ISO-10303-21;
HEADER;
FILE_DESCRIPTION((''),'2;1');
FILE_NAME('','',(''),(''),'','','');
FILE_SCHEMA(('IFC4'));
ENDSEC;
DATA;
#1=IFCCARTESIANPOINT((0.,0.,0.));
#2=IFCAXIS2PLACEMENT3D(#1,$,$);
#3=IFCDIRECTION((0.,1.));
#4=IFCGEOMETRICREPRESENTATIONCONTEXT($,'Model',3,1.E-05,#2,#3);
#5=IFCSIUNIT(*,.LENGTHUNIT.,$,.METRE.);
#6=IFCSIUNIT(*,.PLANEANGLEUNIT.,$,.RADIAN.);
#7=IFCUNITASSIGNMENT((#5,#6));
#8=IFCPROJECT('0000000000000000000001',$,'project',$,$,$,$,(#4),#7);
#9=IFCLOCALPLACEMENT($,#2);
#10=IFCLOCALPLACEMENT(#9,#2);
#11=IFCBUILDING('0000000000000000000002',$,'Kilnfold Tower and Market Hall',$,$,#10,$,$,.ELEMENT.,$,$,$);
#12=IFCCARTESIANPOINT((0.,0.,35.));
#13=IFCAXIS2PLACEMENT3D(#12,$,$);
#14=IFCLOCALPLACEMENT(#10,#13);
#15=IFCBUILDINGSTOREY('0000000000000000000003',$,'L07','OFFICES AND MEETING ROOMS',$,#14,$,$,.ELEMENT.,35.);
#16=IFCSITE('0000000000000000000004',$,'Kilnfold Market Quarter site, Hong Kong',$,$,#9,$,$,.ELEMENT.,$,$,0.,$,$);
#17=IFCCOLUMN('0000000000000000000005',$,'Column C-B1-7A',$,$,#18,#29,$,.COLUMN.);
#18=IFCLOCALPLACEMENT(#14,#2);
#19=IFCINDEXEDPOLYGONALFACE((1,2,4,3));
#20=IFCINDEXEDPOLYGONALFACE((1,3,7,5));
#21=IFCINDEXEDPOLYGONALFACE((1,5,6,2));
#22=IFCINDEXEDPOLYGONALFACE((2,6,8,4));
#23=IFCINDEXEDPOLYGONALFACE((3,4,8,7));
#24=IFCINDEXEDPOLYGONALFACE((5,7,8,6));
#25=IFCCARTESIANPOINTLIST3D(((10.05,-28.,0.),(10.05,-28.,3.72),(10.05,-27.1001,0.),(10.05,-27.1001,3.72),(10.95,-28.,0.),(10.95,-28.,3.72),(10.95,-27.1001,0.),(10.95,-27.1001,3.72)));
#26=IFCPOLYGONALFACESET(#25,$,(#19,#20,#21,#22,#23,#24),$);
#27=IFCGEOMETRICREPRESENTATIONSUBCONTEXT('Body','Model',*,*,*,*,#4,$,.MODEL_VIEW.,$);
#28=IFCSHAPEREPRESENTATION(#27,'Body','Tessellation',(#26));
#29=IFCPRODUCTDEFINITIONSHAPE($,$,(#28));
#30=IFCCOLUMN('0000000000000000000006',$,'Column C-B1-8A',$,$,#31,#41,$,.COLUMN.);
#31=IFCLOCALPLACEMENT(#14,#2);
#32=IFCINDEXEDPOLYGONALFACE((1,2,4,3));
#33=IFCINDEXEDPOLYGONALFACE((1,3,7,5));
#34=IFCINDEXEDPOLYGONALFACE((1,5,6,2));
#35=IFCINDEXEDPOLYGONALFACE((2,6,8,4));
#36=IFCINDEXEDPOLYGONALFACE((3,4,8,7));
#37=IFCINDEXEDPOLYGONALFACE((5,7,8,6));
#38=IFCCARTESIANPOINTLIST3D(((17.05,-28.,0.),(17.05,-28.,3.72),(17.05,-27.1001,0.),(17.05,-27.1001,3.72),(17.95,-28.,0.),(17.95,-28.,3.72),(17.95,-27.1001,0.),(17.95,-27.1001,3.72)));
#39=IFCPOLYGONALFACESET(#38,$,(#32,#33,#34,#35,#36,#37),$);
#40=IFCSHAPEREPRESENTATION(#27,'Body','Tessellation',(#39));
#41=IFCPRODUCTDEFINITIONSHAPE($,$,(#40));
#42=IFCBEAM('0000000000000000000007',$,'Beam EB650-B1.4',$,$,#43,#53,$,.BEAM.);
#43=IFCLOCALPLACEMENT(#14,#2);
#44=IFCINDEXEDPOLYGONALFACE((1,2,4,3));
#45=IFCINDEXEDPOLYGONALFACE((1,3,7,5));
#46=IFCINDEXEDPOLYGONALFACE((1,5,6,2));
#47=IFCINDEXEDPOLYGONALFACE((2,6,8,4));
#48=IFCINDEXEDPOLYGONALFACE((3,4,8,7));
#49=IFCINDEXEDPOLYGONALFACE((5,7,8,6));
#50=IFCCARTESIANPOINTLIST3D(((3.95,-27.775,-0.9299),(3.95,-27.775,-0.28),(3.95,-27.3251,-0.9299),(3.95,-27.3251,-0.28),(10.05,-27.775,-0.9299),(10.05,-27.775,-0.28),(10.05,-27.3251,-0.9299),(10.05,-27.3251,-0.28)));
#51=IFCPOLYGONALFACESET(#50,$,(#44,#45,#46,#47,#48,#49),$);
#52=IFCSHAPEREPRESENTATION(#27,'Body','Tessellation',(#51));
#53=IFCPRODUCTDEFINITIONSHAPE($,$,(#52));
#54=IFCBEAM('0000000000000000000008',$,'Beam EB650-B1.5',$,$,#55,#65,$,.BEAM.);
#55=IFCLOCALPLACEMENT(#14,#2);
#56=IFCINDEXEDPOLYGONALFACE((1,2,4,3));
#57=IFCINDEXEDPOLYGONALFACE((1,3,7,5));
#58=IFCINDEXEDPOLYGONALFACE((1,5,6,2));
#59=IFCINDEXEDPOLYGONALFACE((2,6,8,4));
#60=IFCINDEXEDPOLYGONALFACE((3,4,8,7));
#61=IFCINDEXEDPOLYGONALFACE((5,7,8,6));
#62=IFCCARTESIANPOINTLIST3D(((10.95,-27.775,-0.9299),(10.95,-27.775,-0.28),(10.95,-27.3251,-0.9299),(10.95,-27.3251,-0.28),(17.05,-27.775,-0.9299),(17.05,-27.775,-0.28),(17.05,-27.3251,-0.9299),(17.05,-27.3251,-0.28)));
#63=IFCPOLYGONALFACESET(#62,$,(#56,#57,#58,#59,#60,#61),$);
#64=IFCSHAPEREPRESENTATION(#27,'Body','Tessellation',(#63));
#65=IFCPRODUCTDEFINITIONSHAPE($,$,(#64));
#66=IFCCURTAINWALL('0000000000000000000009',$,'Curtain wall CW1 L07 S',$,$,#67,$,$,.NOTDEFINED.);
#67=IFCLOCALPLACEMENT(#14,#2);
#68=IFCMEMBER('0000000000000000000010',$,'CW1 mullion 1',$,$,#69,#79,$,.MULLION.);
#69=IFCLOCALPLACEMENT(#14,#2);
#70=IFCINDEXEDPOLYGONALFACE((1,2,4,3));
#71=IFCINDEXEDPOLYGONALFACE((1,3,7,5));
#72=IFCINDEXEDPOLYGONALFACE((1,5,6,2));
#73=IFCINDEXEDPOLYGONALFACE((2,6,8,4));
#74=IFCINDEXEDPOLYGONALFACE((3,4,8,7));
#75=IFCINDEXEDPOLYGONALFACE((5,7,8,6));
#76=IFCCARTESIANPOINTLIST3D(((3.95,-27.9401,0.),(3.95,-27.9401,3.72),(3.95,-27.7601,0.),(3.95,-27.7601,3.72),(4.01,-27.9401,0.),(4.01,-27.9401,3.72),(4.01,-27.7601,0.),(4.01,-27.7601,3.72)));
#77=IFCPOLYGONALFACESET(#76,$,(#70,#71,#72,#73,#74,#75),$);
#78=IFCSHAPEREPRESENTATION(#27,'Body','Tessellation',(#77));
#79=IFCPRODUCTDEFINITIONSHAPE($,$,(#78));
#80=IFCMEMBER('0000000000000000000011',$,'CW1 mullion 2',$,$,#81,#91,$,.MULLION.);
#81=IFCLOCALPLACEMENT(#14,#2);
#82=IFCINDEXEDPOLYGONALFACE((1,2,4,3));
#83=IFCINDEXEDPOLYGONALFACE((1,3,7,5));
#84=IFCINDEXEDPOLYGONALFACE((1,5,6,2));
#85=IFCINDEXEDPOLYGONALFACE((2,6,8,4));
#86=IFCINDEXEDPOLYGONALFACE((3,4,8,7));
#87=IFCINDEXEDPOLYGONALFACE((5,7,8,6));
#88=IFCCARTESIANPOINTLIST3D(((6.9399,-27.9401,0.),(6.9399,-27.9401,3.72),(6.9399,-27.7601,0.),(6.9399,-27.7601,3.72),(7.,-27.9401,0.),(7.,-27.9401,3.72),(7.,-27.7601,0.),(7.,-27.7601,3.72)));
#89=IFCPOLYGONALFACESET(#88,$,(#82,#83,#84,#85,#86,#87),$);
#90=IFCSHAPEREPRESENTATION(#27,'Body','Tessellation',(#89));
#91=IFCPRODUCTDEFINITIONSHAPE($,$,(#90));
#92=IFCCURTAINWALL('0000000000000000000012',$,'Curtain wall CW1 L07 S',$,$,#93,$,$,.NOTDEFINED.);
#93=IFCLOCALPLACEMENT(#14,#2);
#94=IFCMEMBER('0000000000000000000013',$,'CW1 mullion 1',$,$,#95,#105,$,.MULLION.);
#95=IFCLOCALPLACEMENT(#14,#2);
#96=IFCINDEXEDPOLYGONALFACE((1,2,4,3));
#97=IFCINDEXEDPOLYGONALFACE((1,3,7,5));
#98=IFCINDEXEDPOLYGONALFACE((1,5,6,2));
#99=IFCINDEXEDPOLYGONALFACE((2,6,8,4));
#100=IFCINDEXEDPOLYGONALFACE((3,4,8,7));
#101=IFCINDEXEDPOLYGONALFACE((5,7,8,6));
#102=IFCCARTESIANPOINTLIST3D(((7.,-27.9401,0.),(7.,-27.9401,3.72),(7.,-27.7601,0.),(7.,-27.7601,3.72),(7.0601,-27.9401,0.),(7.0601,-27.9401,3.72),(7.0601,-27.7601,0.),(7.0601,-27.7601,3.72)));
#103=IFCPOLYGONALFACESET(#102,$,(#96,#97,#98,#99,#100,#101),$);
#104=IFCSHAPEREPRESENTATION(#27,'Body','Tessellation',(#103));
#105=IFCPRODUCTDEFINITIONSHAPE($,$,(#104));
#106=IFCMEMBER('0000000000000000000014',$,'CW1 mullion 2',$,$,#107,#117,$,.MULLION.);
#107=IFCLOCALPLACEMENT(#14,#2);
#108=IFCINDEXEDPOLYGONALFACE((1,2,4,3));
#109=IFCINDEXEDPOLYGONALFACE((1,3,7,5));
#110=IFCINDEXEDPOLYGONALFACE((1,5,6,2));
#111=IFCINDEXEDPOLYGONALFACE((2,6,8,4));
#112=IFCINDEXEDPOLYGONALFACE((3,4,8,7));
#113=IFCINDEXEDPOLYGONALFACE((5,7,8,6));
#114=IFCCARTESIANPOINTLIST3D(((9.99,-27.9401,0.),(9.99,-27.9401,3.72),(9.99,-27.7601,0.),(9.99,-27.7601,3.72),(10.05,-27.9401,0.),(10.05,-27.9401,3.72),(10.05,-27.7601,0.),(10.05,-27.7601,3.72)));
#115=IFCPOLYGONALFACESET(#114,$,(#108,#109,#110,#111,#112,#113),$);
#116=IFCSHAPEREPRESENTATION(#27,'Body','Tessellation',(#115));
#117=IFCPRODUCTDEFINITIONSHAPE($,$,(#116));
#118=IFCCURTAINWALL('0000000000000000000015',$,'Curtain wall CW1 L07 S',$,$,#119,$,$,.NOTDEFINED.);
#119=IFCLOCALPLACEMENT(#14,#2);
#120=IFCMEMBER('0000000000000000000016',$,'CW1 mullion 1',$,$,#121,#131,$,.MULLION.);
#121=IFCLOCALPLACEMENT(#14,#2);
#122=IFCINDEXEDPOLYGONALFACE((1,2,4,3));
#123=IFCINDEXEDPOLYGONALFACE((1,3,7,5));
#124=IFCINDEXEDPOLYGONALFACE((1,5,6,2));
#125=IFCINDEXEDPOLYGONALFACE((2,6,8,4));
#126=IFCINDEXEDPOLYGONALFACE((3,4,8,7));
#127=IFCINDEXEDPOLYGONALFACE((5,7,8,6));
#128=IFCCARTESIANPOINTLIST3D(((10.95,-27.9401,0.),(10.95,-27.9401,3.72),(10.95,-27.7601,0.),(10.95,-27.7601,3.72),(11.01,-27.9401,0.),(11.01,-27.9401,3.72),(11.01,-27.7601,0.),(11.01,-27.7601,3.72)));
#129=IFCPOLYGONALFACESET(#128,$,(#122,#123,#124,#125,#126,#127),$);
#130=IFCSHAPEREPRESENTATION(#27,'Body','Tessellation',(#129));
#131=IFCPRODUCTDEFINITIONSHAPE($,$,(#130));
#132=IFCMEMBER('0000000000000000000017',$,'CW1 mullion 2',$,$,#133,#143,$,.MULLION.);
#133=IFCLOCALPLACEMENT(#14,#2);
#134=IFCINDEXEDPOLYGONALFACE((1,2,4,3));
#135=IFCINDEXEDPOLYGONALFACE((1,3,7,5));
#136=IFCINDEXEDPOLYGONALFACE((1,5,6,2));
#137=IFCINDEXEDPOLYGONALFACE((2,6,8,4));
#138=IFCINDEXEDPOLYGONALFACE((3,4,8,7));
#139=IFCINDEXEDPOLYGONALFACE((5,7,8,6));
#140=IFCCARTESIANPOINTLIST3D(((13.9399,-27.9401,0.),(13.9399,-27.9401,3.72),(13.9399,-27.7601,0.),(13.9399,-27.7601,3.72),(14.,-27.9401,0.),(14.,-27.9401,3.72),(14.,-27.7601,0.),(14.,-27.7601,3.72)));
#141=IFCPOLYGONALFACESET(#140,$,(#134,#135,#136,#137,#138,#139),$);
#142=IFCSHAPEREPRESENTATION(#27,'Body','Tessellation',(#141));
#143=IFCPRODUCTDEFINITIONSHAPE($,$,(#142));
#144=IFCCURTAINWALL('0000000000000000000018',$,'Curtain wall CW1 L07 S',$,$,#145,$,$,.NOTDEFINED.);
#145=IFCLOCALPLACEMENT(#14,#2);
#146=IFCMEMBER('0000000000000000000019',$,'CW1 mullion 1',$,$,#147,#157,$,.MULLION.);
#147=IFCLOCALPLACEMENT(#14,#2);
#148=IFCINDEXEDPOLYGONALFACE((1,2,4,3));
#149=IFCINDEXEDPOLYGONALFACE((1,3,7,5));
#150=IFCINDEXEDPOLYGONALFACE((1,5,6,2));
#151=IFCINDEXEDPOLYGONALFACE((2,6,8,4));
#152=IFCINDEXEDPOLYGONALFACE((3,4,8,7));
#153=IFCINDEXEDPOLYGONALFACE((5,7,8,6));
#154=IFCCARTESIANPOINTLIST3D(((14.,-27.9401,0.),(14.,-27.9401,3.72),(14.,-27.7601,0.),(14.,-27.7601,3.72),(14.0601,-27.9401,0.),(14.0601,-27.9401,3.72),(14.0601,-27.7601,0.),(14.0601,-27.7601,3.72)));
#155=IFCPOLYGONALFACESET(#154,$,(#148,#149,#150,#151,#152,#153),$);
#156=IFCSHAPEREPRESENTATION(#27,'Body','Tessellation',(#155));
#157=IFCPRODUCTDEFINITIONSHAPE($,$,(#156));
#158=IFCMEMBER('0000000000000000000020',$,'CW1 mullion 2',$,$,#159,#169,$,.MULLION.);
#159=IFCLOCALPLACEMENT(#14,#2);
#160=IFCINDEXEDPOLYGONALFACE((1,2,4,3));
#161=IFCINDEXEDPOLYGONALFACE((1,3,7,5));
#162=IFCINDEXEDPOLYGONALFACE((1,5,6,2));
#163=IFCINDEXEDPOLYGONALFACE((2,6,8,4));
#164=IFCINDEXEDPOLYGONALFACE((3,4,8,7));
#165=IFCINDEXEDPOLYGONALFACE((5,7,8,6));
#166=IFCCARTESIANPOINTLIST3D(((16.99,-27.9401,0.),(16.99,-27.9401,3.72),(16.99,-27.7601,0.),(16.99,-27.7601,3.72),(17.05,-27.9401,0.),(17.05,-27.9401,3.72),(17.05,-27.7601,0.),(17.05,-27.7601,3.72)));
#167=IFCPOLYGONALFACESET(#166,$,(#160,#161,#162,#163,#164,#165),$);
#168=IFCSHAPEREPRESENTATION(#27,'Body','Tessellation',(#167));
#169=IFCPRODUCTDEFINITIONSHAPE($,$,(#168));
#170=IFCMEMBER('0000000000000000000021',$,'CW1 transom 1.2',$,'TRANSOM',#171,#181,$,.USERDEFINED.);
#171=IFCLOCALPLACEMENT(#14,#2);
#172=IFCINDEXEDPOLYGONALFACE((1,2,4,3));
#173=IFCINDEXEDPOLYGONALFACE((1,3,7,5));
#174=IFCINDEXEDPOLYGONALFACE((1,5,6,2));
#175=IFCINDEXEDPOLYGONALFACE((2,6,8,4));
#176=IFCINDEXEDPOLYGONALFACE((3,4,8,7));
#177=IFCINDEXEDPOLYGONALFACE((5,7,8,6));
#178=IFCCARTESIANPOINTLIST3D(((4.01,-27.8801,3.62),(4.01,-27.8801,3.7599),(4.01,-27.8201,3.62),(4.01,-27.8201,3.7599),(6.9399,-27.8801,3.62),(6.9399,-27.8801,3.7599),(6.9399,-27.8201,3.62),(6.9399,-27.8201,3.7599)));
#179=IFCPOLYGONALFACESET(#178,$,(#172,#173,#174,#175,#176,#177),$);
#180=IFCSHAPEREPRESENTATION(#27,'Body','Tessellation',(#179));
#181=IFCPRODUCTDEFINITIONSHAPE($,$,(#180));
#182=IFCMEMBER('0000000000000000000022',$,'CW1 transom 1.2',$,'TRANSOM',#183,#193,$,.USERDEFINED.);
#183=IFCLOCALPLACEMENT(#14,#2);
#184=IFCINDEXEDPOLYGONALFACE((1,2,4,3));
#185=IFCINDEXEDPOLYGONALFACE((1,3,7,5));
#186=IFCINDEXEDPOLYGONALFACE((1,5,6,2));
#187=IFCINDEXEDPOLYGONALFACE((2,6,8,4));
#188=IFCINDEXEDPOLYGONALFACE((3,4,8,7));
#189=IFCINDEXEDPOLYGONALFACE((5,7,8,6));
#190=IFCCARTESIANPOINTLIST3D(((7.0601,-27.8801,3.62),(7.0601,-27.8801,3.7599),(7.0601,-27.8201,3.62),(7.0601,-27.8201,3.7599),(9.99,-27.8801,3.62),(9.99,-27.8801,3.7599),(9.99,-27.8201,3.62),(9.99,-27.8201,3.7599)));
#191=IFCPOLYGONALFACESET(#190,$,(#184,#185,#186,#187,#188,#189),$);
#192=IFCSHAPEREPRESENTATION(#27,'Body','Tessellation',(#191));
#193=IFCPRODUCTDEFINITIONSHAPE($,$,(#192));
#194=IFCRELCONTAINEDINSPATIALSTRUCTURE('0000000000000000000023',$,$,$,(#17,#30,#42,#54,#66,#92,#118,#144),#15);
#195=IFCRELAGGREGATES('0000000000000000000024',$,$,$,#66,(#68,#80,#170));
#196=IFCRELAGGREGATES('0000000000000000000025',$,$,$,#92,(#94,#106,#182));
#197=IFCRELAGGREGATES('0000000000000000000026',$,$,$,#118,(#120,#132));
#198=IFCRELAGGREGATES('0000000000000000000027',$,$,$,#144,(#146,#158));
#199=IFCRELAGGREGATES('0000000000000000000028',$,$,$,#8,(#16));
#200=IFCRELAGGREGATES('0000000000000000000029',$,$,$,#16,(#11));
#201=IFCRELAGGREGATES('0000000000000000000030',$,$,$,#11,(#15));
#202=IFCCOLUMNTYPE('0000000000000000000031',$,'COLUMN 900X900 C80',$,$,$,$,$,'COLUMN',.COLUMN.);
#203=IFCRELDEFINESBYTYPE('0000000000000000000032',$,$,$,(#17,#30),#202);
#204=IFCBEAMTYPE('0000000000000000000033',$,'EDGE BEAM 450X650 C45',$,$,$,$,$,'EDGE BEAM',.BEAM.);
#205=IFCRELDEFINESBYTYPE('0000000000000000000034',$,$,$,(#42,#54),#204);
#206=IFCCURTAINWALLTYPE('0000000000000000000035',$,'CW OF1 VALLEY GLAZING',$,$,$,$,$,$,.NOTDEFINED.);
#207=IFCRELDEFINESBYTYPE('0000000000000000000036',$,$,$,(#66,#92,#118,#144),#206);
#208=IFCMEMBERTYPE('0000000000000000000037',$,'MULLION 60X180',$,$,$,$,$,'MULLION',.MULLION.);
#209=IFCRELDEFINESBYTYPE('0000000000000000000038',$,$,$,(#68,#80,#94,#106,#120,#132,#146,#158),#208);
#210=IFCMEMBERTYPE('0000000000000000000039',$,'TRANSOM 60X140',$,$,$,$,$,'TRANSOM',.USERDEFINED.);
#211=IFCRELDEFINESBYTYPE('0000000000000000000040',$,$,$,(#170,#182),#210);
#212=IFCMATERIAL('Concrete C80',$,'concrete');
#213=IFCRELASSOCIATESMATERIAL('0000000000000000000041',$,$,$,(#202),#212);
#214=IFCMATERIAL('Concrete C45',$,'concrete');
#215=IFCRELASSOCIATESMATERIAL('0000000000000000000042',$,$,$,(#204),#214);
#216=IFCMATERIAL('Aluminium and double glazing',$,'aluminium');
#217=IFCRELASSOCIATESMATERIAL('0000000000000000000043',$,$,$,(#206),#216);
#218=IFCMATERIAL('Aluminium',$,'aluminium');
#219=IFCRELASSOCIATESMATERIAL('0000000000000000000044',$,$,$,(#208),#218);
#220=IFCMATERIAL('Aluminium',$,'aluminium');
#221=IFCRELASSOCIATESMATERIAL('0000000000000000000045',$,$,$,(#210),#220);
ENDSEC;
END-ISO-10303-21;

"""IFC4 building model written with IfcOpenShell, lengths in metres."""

from ifc_helpers import new_model, si_unit, direction, frame, origin, origin_2d, place, context, subcontext, project, spatial, rectangle, extrude, source, transform, mapped, material, material_profile, profile_set, type_object, element, aggregate, save


model = new_model("IFC4")

# Units and contexts
model_context = context("Model", 3, precision=1e-05, world=origin(), true_north=direction((0.0, 1.0)))
body_context = subcontext(model_context, "Body", "Model", "MODEL_VIEW")
ifc_project = project(units=[si_unit("LENGTHUNIT", "METRE"), si_unit("PLANEANGLEUNIT", "RADIAN")], contexts=[model_context])

# Site, building, storey
site_placement = place(None, origin())
site = spatial("IfcSite", under=ifc_project, at=site_placement, Name="Kilnfold Market Quarter site, Hong Kong", CompositionType="ELEMENT", RefElevation=0.0)
building_placement = place(site_placement, origin())
building = spatial("IfcBuilding", under=site, at=building_placement, Name="Kilnfold Tower and Market Hall", CompositionType="ELEMENT")
storey_placement = place(building_placement, frame((0.0, 0.0, 35.0)))
storey = spatial("IfcBuildingStorey", under=building, at=storey_placement, Name="L07", Description="OFFICES AND MEETING ROOMS", CompositionType="ELEMENT", Elevation=35.0)

# Columns
ifc_material_1 = material(Name="Concrete C80", Category="concrete")
ifc_material_profile_1 = material_profile(ifc_material_1, rectangle(XDim=0.8999, YDim=0.8999, at=origin_2d()), Name="RC 900x900")
ifc_profile_set_1 = profile_set([ifc_material_profile_1], Name="Concrete C80")
column_type = type_object("IfcColumnType", Name="COLUMN 900X900 C80", ElementType="COLUMN", PredefinedType="COLUMN", material=ifc_profile_set_1)
shared_shape_1 = source(origin(), body_context, "Body", "SweptSolid", [
    extrude(rectangle(XDim=0.8999, YDim=0.8999, at=origin_2d()), origin(), (0.0, 0.0, 1.0), 3.72),
])
for number, where, z_axis, x_axis, name in (
    (1, (10.5, -27.55, 0.0), (0.0, 0.0, 1.0), (1.0, 0.0, 0.0), "Column C-B1-7A"),
    (2, (17.5, -27.55, 0.0), (0.0, 0.0, 1.0), (1.0, 0.0, 0.0), "Column C-B1-8A"),
):
    element("IfcColumn", number, at=place(storey_placement, frame(where, z_axis=z_axis, x_axis=x_axis)), inside=storey, type_object=column_type, Name=name, PredefinedType="COLUMN", context=body_context, shape_type="MappedRepresentation", body=[
        mapped(shared_shape_1, transform((0.0, 0.0, 0.0))),
    ])

# Beams
ifc_material_2 = material(Name="Concrete C45", Category="concrete")
ifc_material_profile_2 = material_profile(ifc_material_2, rectangle(XDim=0.45, YDim=0.6499, at=origin_2d()), Name="RC 450x650")
ifc_profile_set_2 = profile_set([ifc_material_profile_2], Name="Concrete C45")
beam_type = type_object("IfcBeamType", Name="EDGE BEAM 450X650 C45", ElementType="EDGE BEAM", PredefinedType="BEAM", material=ifc_profile_set_2)
shared_shape_2 = source(origin(), body_context, "Body", "SweptSolid", [
    extrude(rectangle(XDim=0.45, YDim=0.6499, at=origin_2d()), origin(), (0.0, 0.0, 1.0), 6.1001),
])
for number, where, z_axis, x_axis, name in (
    (3, (3.95, -27.55, -0.605), (1.0, 0.0, 0.0), (0.0, 1.0, 0.0), "Beam EB650-B1.4"),
    (4, (10.95, -27.55, -0.605), (1.0, 0.0, 0.0), (0.0, 1.0, 0.0), "Beam EB650-B1.5"),
):
    element("IfcBeam", number, at=place(storey_placement, frame(where, z_axis=z_axis, x_axis=x_axis)), inside=storey, type_object=beam_type, Name=name, PredefinedType="BEAM", context=body_context, shape_type="MappedRepresentation", body=[
        mapped(shared_shape_2, transform((0.0, 0.0, 0.0))),
    ])

# Curtain walls, members
ifc_material_3 = material(Name="Aluminium and double glazing", Category="aluminium")
curtain_wall_type = type_object("IfcCurtainWallType", Name="CW OF1 VALLEY GLAZING", PredefinedType="NOTDEFINED", material=ifc_material_3)
curtain_wall_1_placement = place(storey_placement, origin())
curtain_wall_1 = element("IfcCurtainWall", 5, at=curtain_wall_1_placement, inside=storey, type_object=curtain_wall_type, Name="Curtain wall CW1 L07 S", PredefinedType="NOTDEFINED")
ifc_material_4 = material(Name="Aluminium", Category="aluminium")
ifc_material_profile_3 = material_profile(ifc_material_4, rectangle(XDim=0.0601, YDim=0.1799, at=origin_2d()), Name="MULLION 60x180")
ifc_profile_set_3 = profile_set([ifc_material_profile_3], Name="Aluminium")
member_type_1 = type_object("IfcMemberType", Name="MULLION 60X180", ElementType="MULLION", PredefinedType="MULLION", material=ifc_profile_set_3)
shared_shape_3 = source(origin(), body_context, "Body", "SweptSolid", [
    extrude(rectangle(XDim=0.0601, YDim=0.1799, at=origin_2d()), origin(), (0.0, 0.0, 1.0), 3.72),
])
member_1_placement = place(storey_placement, frame((3.98, -27.8501, 0.0), z_axis=(0.0, 0.0, 1.0), x_axis=(1.0, 0.0, 0.0)))
member_1 = element("IfcMember", 6, at=member_1_placement, type_object=member_type_1, Name="CW1 mullion 1", PredefinedType="MULLION", context=body_context, shape_type="MappedRepresentation", body=[
    mapped(shared_shape_3, transform((0.0, 0.0, 0.0))),
])
member_2_placement = place(storey_placement, frame((6.97, -27.8501, 0.0), z_axis=(0.0, 0.0, 1.0), x_axis=(1.0, 0.0, 0.0)))
member_2 = element("IfcMember", 7, at=member_2_placement, type_object=member_type_1, Name="CW1 mullion 2", PredefinedType="MULLION", context=body_context, shape_type="MappedRepresentation", body=[
    mapped(shared_shape_3, transform((0.0, 0.0, 0.0))),
])
curtain_wall_2_placement = place(storey_placement, origin())
curtain_wall_2 = element("IfcCurtainWall", 8, at=curtain_wall_2_placement, inside=storey, type_object=curtain_wall_type, Name="Curtain wall CW1 L07 S", PredefinedType="NOTDEFINED")
member_3_placement = place(storey_placement, frame((7.03, -27.8501, 0.0), z_axis=(0.0, 0.0, 1.0), x_axis=(1.0, 0.0, 0.0)))
member_3 = element("IfcMember", 9, at=member_3_placement, type_object=member_type_1, Name="CW1 mullion 1", PredefinedType="MULLION", context=body_context, shape_type="MappedRepresentation", body=[
    mapped(shared_shape_3, transform((0.0, 0.0, 0.0))),
])
member_4_placement = place(storey_placement, frame((10.02, -27.8501, 0.0), z_axis=(0.0, 0.0, 1.0), x_axis=(1.0, 0.0, 0.0)))
member_4 = element("IfcMember", 10, at=member_4_placement, type_object=member_type_1, Name="CW1 mullion 2", PredefinedType="MULLION", context=body_context, shape_type="MappedRepresentation", body=[
    mapped(shared_shape_3, transform((0.0, 0.0, 0.0))),
])
curtain_wall_3_placement = place(storey_placement, origin())
curtain_wall_3 = element("IfcCurtainWall", 11, at=curtain_wall_3_placement, inside=storey, type_object=curtain_wall_type, Name="Curtain wall CW1 L07 S", PredefinedType="NOTDEFINED")
member_5_placement = place(storey_placement, frame((10.98, -27.8501, 0.0), z_axis=(0.0, 0.0, 1.0), x_axis=(1.0, 0.0, 0.0)))
member_5 = element("IfcMember", 12, at=member_5_placement, type_object=member_type_1, Name="CW1 mullion 1", PredefinedType="MULLION", context=body_context, shape_type="MappedRepresentation", body=[
    mapped(shared_shape_3, transform((0.0, 0.0, 0.0))),
])
member_6_placement = place(storey_placement, frame((13.97, -27.8501, 0.0), z_axis=(0.0, 0.0, 1.0), x_axis=(1.0, 0.0, 0.0)))
member_6 = element("IfcMember", 13, at=member_6_placement, type_object=member_type_1, Name="CW1 mullion 2", PredefinedType="MULLION", context=body_context, shape_type="MappedRepresentation", body=[
    mapped(shared_shape_3, transform((0.0, 0.0, 0.0))),
])
curtain_wall_4_placement = place(storey_placement, origin())
curtain_wall_4 = element("IfcCurtainWall", 14, at=curtain_wall_4_placement, inside=storey, type_object=curtain_wall_type, Name="Curtain wall CW1 L07 S", PredefinedType="NOTDEFINED")
member_7_placement = place(storey_placement, frame((14.03, -27.8501, 0.0), z_axis=(0.0, 0.0, 1.0), x_axis=(1.0, 0.0, 0.0)))
member_7 = element("IfcMember", 15, at=member_7_placement, type_object=member_type_1, Name="CW1 mullion 1", PredefinedType="MULLION", context=body_context, shape_type="MappedRepresentation", body=[
    mapped(shared_shape_3, transform((0.0, 0.0, 0.0))),
])
member_8_placement = place(storey_placement, frame((17.02, -27.8501, 0.0), z_axis=(0.0, 0.0, 1.0), x_axis=(1.0, 0.0, 0.0)))
member_8 = element("IfcMember", 16, at=member_8_placement, type_object=member_type_1, Name="CW1 mullion 2", PredefinedType="MULLION", context=body_context, shape_type="MappedRepresentation", body=[
    mapped(shared_shape_3, transform((0.0, 0.0, 0.0))),
])

# Members
ifc_material_5 = material(Name="Aluminium", Category="aluminium")
ifc_material_profile_4 = material_profile(ifc_material_5, rectangle(XDim=0.0601, YDim=0.1399, at=origin_2d()), Name="TRANSOM 60x140")
ifc_profile_set_4 = profile_set([ifc_material_profile_4], Name="Aluminium")
member_type_2 = type_object("IfcMemberType", Name="TRANSOM 60X140", ElementType="TRANSOM", PredefinedType="USERDEFINED", material=ifc_profile_set_4)
shared_shape_4 = source(origin(), body_context, "Body", "SweptSolid", [
    extrude(rectangle(XDim=0.0601, YDim=0.1399, at=origin_2d()), origin(), (0.0, 0.0, 1.0), 2.9299),
])
member_9_placement = place(storey_placement, frame((4.01, -27.8501, 3.6899), z_axis=(1.0, 0.0, 0.0), x_axis=(0.0, 1.0, 0.0)))
member_9 = element("IfcMember", 17, at=member_9_placement, type_object=member_type_2, Name="CW1 transom 1.2", ObjectType="TRANSOM", PredefinedType="USERDEFINED", context=body_context, shape_type="MappedRepresentation", body=[
    mapped(shared_shape_4, transform((0.0, 0.0, 0.0))),
])
member_10_placement = place(storey_placement, frame((7.0601, -27.8501, 3.6899), z_axis=(1.0, 0.0, 0.0), x_axis=(0.0, 1.0, 0.0)))
member_10 = element("IfcMember", 18, at=member_10_placement, type_object=member_type_2, Name="CW1 transom 1.2", ObjectType="TRANSOM", PredefinedType="USERDEFINED", context=body_context, shape_type="MappedRepresentation", body=[
    mapped(shared_shape_4, transform((0.0, 0.0, 0.0))),
])

aggregate(curtain_wall_1, [member_1, member_2, member_9])
aggregate(curtain_wall_2, [member_3, member_4, member_10])
aggregate(curtain_wall_3, [member_5, member_6])
aggregate(curtain_wall_4, [member_7, member_8])

save(model, "model.ifc")
